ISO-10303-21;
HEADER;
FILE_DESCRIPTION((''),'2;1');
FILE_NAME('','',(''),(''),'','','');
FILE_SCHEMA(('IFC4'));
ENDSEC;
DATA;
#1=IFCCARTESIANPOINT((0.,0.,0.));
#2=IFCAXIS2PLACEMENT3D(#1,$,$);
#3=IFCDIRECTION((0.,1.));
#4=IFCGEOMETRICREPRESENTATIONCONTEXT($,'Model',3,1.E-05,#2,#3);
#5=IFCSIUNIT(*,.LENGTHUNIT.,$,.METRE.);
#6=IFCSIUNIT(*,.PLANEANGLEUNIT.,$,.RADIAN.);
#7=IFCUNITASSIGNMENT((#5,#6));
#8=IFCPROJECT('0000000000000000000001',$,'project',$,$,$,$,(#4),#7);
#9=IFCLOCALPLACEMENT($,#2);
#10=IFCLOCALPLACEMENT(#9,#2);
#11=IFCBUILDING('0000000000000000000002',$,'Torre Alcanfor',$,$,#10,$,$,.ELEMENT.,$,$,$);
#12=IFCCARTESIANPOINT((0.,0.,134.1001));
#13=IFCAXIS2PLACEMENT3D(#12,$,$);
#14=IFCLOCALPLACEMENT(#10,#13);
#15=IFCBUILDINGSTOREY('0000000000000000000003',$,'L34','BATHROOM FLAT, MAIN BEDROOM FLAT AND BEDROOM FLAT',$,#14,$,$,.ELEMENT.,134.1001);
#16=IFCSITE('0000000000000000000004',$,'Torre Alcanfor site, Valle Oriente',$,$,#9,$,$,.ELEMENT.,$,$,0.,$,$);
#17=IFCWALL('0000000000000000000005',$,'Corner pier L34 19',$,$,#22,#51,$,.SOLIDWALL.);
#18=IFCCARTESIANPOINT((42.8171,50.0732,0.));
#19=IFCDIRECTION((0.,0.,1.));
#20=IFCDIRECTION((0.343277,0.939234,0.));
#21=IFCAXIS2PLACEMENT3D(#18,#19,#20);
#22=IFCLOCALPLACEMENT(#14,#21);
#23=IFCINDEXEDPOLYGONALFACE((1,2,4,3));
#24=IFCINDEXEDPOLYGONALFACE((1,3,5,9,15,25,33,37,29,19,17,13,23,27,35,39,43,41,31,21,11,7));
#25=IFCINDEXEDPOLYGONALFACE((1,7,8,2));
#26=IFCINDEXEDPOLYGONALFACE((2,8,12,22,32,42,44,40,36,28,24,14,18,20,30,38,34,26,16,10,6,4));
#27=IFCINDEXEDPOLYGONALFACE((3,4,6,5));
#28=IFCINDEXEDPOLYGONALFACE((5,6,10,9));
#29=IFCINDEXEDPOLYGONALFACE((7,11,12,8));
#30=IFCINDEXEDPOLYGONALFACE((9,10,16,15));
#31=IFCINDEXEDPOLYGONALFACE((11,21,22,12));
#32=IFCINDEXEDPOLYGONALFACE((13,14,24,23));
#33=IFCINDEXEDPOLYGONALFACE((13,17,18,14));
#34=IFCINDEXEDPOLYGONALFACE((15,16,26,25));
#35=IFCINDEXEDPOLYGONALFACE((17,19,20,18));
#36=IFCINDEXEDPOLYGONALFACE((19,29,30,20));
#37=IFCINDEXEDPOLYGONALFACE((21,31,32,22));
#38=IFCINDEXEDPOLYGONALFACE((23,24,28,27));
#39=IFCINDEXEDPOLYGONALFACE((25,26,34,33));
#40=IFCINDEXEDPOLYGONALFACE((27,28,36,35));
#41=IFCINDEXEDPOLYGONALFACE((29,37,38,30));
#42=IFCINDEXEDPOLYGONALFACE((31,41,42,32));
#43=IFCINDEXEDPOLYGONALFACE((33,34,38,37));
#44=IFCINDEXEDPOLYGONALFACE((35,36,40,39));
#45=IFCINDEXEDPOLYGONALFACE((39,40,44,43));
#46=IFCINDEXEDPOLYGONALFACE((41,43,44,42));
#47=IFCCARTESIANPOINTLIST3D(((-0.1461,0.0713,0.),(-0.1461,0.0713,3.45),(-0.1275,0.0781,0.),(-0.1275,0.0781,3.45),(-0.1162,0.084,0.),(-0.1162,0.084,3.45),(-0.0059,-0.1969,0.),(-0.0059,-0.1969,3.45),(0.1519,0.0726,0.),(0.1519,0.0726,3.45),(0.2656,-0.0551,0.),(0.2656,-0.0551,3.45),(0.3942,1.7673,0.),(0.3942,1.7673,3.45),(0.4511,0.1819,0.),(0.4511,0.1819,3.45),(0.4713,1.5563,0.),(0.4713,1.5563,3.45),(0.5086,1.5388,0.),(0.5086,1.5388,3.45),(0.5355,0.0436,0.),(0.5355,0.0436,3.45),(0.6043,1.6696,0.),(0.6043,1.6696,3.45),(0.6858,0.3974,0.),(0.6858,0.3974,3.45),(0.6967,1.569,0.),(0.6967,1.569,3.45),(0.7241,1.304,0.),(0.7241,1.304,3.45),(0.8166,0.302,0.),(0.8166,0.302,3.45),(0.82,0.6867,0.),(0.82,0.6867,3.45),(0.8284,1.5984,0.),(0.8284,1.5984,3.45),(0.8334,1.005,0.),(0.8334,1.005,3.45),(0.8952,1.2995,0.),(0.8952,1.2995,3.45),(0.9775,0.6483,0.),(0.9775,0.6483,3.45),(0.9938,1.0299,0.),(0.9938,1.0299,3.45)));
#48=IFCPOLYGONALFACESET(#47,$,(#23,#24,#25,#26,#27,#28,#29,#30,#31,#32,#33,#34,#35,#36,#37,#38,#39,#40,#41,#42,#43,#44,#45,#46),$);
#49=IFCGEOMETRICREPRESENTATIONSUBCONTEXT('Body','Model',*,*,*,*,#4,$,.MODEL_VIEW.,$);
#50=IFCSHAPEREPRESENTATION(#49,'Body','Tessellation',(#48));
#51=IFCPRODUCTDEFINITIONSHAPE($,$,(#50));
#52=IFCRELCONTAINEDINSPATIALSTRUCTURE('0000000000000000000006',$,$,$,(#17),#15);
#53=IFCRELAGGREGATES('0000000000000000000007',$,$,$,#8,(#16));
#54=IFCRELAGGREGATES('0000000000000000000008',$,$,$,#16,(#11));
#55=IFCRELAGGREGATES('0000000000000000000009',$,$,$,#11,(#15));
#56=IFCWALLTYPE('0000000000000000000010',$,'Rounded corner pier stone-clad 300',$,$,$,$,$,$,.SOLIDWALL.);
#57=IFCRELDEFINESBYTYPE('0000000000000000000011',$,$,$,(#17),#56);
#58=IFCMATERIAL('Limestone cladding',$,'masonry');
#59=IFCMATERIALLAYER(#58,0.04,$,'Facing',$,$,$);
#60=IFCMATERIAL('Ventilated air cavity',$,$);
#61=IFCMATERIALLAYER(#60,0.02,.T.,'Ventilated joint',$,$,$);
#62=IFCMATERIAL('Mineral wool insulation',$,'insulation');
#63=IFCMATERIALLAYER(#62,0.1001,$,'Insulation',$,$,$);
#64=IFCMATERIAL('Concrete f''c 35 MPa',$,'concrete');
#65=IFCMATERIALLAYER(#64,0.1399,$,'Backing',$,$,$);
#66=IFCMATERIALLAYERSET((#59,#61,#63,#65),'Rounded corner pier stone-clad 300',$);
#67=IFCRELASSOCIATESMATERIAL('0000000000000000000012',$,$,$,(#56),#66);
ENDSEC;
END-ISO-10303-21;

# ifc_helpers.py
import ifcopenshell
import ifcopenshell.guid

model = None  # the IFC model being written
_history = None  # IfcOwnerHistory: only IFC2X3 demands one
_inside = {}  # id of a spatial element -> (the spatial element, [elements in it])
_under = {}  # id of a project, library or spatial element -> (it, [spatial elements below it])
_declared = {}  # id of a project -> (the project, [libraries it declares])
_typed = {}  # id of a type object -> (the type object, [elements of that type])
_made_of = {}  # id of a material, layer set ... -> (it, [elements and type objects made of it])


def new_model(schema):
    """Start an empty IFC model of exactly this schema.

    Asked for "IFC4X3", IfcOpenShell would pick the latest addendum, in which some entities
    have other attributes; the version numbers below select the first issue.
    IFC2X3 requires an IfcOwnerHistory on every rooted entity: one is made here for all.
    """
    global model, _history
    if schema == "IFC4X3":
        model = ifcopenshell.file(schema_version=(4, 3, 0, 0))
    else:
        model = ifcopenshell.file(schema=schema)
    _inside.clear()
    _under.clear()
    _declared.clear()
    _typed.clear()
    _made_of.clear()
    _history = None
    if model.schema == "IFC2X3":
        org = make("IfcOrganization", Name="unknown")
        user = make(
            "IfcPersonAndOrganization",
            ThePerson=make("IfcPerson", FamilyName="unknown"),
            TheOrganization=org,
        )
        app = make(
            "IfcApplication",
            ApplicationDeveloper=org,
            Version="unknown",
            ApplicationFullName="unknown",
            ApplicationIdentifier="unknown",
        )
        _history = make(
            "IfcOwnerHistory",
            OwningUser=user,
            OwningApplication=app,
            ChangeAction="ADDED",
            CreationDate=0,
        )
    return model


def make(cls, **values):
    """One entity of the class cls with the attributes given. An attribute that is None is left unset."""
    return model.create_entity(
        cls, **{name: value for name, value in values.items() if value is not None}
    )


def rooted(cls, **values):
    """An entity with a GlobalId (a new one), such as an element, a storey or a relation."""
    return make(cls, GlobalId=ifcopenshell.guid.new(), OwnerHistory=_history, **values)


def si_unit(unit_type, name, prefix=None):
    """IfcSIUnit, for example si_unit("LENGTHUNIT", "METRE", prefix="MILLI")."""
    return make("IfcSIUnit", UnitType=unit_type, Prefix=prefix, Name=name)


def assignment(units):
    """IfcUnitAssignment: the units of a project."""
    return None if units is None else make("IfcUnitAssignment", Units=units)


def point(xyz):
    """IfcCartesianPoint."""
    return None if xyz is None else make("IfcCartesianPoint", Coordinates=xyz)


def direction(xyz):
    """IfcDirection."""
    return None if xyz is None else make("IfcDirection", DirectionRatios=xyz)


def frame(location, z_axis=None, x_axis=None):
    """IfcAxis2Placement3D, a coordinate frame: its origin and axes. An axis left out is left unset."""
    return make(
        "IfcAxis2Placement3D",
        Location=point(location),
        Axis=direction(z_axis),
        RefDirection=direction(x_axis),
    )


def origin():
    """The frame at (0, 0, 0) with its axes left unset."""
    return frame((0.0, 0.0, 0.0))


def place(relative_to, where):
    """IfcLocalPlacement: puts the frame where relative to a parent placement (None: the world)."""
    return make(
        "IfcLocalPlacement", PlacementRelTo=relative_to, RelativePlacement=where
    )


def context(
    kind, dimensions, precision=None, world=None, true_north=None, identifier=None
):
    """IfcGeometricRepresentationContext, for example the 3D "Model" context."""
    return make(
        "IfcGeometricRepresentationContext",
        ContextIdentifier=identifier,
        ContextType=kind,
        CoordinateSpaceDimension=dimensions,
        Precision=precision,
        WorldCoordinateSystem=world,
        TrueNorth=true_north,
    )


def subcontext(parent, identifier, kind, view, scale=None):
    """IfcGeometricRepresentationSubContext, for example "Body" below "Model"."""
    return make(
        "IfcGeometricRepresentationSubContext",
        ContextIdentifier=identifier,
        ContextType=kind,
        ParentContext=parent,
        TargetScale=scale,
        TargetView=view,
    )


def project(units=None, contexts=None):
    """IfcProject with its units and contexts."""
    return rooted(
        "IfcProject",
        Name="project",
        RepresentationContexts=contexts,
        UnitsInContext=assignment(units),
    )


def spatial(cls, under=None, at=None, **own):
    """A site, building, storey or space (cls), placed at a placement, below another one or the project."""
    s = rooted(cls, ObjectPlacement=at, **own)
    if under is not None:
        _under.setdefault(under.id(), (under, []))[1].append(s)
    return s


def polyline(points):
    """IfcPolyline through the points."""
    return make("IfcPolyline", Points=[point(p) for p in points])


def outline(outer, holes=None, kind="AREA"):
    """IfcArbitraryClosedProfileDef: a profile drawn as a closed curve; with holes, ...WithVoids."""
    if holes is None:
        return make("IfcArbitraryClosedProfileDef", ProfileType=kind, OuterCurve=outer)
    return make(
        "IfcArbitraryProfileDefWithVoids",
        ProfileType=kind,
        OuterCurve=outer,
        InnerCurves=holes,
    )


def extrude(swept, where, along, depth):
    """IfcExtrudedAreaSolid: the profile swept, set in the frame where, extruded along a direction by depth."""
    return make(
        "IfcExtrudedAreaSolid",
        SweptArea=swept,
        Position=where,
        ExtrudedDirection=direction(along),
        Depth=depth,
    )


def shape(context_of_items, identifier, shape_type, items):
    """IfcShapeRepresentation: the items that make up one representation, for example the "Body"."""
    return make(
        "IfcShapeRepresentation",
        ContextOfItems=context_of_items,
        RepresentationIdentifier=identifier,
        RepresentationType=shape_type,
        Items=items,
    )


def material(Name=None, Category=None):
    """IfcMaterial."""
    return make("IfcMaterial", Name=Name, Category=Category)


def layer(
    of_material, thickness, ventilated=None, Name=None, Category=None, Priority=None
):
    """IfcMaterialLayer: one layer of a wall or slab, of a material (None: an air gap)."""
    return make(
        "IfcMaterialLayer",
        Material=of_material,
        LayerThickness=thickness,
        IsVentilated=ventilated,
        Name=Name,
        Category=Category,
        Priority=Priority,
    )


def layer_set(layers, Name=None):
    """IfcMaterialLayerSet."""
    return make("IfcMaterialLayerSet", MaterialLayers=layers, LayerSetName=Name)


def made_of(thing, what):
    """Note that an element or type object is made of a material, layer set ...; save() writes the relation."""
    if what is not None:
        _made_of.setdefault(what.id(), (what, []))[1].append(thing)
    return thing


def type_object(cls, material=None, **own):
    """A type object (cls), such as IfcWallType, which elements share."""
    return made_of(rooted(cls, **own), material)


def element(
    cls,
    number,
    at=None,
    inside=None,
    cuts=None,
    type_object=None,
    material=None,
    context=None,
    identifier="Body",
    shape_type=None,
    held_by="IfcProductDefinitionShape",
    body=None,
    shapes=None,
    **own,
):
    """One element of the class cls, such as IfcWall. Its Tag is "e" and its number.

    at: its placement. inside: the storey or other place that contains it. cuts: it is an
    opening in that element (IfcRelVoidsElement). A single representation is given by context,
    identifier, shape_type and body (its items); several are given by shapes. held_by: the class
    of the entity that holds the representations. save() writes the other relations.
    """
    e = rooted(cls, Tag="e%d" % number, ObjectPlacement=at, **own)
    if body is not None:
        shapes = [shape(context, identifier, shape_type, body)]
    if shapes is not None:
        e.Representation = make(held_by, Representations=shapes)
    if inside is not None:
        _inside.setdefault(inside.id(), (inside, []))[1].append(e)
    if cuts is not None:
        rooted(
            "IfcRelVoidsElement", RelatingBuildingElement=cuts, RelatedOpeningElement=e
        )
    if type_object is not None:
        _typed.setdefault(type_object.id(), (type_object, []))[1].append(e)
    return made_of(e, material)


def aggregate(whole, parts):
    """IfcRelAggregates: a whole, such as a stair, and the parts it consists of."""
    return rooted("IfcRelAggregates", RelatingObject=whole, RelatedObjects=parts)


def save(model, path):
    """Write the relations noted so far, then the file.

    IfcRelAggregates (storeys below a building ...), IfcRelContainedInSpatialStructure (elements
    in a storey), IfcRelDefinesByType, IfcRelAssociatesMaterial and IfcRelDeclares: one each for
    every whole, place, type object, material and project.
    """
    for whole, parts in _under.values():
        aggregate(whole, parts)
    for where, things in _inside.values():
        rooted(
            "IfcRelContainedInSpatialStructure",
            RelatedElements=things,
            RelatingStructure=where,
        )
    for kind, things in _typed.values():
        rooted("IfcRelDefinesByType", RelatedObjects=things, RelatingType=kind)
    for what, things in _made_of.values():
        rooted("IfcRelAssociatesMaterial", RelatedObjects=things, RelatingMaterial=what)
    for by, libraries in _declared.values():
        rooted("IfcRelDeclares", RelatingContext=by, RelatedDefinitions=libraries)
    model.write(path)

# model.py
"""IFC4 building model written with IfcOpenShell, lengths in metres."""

from ifc_helpers import new_model, si_unit, direction, frame, origin, place, context, subcontext, project, spatial, polyline, outline, extrude, material, layer, layer_set, type_object, element, save


model = new_model("IFC4")

# Units and contexts
model_context = context("Model", 3, precision=1e-05, world=origin(), true_north=direction((0.0, 1.0)))
body_context = subcontext(model_context, "Body", "Model", "MODEL_VIEW")
ifc_project = project(units=[si_unit("LENGTHUNIT", "METRE"), si_unit("PLANEANGLEUNIT", "RADIAN")], contexts=[model_context])

# Site, building, storey
site_placement = place(None, origin())
site = spatial("IfcSite", under=ifc_project, at=site_placement, Name="Torre Alcanfor site, Valle Oriente", CompositionType="ELEMENT", RefElevation=0.0)
building_placement = place(site_placement, origin())
building = spatial("IfcBuilding", under=site, at=building_placement, Name="Torre Alcanfor", CompositionType="ELEMENT")
storey_placement = place(building_placement, frame((0.0, 0.0, 134.1001)))
storey = spatial("IfcBuildingStorey", under=building, at=storey_placement, Name="L34", Description="BATHROOM FLAT, MAIN BEDROOM FLAT AND BEDROOM FLAT", CompositionType="ELEMENT", Elevation=134.1001)

# Shared definitions
ifc_material_1 = material(Name="Limestone cladding", Category="masonry")
ifc_material_2 = material(Name="Ventilated air cavity")
ifc_material_3 = material(Name="Mineral wool insulation", Category="insulation")
ifc_material_4 = material(Name="Concrete f'c 35 MPa", Category="concrete")

# Wall
ifc_layer_1 = layer(ifc_material_1, 0.04, Name="Facing")
ifc_layer_2 = layer(ifc_material_2, 0.02, ventilated=True, Name="Ventilated joint")
ifc_layer_3 = layer(ifc_material_3, 0.1001, Name="Insulation")
ifc_layer_4 = layer(ifc_material_4, 0.1399, Name="Backing")
ifc_layer_set_1 = layer_set([ifc_layer_1, ifc_layer_2, ifc_layer_3, ifc_layer_4], Name="Rounded corner pier stone-clad 300")
wall_type_1 = type_object("IfcWallType", Name="Rounded corner pier stone-clad 300", PredefinedType="SOLIDWALL", material=ifc_layer_set_1)
wall_1_placement = place(storey_placement, frame((42.8171, 50.0732, 0.0), z_axis=(0.0, 0.0, 1.0), x_axis=(0.343277, 0.939234, 0.0)))
element("IfcWall", 1, at=wall_1_placement, inside=storey, type_object=wall_type_1, Name="Corner pier L34 19", PredefinedType="SOLIDWALL", context=body_context, shape_type="SweptSolid", body=[
    extrude(outline(polyline([(0.2656, -0.0551), (0.5355, 0.0436), (0.8166, 0.302), (0.9775, 0.6483), (0.9938, 1.0299), (0.8952, 1.2995), (0.8284, 1.5984), (0.6967, 1.569), (0.6043, 1.6696), (0.3942, 1.7673), (0.4713, 1.5563), (0.5086, 1.5388), (0.7241, 1.304), (0.8334, 1.005), (0.82, 0.6867), (0.6858, 0.3974), (0.4511, 0.1819), (0.1519, 0.0726), (-0.1162, 0.084), (-0.1275, 0.0781), (-0.1461, 0.0713), (-0.0059, -0.1969), (0.2656, -0.0551)])), origin(), (0.0, 0.0, 1.0), 3.45),
])

save(model, "model.ifc")
